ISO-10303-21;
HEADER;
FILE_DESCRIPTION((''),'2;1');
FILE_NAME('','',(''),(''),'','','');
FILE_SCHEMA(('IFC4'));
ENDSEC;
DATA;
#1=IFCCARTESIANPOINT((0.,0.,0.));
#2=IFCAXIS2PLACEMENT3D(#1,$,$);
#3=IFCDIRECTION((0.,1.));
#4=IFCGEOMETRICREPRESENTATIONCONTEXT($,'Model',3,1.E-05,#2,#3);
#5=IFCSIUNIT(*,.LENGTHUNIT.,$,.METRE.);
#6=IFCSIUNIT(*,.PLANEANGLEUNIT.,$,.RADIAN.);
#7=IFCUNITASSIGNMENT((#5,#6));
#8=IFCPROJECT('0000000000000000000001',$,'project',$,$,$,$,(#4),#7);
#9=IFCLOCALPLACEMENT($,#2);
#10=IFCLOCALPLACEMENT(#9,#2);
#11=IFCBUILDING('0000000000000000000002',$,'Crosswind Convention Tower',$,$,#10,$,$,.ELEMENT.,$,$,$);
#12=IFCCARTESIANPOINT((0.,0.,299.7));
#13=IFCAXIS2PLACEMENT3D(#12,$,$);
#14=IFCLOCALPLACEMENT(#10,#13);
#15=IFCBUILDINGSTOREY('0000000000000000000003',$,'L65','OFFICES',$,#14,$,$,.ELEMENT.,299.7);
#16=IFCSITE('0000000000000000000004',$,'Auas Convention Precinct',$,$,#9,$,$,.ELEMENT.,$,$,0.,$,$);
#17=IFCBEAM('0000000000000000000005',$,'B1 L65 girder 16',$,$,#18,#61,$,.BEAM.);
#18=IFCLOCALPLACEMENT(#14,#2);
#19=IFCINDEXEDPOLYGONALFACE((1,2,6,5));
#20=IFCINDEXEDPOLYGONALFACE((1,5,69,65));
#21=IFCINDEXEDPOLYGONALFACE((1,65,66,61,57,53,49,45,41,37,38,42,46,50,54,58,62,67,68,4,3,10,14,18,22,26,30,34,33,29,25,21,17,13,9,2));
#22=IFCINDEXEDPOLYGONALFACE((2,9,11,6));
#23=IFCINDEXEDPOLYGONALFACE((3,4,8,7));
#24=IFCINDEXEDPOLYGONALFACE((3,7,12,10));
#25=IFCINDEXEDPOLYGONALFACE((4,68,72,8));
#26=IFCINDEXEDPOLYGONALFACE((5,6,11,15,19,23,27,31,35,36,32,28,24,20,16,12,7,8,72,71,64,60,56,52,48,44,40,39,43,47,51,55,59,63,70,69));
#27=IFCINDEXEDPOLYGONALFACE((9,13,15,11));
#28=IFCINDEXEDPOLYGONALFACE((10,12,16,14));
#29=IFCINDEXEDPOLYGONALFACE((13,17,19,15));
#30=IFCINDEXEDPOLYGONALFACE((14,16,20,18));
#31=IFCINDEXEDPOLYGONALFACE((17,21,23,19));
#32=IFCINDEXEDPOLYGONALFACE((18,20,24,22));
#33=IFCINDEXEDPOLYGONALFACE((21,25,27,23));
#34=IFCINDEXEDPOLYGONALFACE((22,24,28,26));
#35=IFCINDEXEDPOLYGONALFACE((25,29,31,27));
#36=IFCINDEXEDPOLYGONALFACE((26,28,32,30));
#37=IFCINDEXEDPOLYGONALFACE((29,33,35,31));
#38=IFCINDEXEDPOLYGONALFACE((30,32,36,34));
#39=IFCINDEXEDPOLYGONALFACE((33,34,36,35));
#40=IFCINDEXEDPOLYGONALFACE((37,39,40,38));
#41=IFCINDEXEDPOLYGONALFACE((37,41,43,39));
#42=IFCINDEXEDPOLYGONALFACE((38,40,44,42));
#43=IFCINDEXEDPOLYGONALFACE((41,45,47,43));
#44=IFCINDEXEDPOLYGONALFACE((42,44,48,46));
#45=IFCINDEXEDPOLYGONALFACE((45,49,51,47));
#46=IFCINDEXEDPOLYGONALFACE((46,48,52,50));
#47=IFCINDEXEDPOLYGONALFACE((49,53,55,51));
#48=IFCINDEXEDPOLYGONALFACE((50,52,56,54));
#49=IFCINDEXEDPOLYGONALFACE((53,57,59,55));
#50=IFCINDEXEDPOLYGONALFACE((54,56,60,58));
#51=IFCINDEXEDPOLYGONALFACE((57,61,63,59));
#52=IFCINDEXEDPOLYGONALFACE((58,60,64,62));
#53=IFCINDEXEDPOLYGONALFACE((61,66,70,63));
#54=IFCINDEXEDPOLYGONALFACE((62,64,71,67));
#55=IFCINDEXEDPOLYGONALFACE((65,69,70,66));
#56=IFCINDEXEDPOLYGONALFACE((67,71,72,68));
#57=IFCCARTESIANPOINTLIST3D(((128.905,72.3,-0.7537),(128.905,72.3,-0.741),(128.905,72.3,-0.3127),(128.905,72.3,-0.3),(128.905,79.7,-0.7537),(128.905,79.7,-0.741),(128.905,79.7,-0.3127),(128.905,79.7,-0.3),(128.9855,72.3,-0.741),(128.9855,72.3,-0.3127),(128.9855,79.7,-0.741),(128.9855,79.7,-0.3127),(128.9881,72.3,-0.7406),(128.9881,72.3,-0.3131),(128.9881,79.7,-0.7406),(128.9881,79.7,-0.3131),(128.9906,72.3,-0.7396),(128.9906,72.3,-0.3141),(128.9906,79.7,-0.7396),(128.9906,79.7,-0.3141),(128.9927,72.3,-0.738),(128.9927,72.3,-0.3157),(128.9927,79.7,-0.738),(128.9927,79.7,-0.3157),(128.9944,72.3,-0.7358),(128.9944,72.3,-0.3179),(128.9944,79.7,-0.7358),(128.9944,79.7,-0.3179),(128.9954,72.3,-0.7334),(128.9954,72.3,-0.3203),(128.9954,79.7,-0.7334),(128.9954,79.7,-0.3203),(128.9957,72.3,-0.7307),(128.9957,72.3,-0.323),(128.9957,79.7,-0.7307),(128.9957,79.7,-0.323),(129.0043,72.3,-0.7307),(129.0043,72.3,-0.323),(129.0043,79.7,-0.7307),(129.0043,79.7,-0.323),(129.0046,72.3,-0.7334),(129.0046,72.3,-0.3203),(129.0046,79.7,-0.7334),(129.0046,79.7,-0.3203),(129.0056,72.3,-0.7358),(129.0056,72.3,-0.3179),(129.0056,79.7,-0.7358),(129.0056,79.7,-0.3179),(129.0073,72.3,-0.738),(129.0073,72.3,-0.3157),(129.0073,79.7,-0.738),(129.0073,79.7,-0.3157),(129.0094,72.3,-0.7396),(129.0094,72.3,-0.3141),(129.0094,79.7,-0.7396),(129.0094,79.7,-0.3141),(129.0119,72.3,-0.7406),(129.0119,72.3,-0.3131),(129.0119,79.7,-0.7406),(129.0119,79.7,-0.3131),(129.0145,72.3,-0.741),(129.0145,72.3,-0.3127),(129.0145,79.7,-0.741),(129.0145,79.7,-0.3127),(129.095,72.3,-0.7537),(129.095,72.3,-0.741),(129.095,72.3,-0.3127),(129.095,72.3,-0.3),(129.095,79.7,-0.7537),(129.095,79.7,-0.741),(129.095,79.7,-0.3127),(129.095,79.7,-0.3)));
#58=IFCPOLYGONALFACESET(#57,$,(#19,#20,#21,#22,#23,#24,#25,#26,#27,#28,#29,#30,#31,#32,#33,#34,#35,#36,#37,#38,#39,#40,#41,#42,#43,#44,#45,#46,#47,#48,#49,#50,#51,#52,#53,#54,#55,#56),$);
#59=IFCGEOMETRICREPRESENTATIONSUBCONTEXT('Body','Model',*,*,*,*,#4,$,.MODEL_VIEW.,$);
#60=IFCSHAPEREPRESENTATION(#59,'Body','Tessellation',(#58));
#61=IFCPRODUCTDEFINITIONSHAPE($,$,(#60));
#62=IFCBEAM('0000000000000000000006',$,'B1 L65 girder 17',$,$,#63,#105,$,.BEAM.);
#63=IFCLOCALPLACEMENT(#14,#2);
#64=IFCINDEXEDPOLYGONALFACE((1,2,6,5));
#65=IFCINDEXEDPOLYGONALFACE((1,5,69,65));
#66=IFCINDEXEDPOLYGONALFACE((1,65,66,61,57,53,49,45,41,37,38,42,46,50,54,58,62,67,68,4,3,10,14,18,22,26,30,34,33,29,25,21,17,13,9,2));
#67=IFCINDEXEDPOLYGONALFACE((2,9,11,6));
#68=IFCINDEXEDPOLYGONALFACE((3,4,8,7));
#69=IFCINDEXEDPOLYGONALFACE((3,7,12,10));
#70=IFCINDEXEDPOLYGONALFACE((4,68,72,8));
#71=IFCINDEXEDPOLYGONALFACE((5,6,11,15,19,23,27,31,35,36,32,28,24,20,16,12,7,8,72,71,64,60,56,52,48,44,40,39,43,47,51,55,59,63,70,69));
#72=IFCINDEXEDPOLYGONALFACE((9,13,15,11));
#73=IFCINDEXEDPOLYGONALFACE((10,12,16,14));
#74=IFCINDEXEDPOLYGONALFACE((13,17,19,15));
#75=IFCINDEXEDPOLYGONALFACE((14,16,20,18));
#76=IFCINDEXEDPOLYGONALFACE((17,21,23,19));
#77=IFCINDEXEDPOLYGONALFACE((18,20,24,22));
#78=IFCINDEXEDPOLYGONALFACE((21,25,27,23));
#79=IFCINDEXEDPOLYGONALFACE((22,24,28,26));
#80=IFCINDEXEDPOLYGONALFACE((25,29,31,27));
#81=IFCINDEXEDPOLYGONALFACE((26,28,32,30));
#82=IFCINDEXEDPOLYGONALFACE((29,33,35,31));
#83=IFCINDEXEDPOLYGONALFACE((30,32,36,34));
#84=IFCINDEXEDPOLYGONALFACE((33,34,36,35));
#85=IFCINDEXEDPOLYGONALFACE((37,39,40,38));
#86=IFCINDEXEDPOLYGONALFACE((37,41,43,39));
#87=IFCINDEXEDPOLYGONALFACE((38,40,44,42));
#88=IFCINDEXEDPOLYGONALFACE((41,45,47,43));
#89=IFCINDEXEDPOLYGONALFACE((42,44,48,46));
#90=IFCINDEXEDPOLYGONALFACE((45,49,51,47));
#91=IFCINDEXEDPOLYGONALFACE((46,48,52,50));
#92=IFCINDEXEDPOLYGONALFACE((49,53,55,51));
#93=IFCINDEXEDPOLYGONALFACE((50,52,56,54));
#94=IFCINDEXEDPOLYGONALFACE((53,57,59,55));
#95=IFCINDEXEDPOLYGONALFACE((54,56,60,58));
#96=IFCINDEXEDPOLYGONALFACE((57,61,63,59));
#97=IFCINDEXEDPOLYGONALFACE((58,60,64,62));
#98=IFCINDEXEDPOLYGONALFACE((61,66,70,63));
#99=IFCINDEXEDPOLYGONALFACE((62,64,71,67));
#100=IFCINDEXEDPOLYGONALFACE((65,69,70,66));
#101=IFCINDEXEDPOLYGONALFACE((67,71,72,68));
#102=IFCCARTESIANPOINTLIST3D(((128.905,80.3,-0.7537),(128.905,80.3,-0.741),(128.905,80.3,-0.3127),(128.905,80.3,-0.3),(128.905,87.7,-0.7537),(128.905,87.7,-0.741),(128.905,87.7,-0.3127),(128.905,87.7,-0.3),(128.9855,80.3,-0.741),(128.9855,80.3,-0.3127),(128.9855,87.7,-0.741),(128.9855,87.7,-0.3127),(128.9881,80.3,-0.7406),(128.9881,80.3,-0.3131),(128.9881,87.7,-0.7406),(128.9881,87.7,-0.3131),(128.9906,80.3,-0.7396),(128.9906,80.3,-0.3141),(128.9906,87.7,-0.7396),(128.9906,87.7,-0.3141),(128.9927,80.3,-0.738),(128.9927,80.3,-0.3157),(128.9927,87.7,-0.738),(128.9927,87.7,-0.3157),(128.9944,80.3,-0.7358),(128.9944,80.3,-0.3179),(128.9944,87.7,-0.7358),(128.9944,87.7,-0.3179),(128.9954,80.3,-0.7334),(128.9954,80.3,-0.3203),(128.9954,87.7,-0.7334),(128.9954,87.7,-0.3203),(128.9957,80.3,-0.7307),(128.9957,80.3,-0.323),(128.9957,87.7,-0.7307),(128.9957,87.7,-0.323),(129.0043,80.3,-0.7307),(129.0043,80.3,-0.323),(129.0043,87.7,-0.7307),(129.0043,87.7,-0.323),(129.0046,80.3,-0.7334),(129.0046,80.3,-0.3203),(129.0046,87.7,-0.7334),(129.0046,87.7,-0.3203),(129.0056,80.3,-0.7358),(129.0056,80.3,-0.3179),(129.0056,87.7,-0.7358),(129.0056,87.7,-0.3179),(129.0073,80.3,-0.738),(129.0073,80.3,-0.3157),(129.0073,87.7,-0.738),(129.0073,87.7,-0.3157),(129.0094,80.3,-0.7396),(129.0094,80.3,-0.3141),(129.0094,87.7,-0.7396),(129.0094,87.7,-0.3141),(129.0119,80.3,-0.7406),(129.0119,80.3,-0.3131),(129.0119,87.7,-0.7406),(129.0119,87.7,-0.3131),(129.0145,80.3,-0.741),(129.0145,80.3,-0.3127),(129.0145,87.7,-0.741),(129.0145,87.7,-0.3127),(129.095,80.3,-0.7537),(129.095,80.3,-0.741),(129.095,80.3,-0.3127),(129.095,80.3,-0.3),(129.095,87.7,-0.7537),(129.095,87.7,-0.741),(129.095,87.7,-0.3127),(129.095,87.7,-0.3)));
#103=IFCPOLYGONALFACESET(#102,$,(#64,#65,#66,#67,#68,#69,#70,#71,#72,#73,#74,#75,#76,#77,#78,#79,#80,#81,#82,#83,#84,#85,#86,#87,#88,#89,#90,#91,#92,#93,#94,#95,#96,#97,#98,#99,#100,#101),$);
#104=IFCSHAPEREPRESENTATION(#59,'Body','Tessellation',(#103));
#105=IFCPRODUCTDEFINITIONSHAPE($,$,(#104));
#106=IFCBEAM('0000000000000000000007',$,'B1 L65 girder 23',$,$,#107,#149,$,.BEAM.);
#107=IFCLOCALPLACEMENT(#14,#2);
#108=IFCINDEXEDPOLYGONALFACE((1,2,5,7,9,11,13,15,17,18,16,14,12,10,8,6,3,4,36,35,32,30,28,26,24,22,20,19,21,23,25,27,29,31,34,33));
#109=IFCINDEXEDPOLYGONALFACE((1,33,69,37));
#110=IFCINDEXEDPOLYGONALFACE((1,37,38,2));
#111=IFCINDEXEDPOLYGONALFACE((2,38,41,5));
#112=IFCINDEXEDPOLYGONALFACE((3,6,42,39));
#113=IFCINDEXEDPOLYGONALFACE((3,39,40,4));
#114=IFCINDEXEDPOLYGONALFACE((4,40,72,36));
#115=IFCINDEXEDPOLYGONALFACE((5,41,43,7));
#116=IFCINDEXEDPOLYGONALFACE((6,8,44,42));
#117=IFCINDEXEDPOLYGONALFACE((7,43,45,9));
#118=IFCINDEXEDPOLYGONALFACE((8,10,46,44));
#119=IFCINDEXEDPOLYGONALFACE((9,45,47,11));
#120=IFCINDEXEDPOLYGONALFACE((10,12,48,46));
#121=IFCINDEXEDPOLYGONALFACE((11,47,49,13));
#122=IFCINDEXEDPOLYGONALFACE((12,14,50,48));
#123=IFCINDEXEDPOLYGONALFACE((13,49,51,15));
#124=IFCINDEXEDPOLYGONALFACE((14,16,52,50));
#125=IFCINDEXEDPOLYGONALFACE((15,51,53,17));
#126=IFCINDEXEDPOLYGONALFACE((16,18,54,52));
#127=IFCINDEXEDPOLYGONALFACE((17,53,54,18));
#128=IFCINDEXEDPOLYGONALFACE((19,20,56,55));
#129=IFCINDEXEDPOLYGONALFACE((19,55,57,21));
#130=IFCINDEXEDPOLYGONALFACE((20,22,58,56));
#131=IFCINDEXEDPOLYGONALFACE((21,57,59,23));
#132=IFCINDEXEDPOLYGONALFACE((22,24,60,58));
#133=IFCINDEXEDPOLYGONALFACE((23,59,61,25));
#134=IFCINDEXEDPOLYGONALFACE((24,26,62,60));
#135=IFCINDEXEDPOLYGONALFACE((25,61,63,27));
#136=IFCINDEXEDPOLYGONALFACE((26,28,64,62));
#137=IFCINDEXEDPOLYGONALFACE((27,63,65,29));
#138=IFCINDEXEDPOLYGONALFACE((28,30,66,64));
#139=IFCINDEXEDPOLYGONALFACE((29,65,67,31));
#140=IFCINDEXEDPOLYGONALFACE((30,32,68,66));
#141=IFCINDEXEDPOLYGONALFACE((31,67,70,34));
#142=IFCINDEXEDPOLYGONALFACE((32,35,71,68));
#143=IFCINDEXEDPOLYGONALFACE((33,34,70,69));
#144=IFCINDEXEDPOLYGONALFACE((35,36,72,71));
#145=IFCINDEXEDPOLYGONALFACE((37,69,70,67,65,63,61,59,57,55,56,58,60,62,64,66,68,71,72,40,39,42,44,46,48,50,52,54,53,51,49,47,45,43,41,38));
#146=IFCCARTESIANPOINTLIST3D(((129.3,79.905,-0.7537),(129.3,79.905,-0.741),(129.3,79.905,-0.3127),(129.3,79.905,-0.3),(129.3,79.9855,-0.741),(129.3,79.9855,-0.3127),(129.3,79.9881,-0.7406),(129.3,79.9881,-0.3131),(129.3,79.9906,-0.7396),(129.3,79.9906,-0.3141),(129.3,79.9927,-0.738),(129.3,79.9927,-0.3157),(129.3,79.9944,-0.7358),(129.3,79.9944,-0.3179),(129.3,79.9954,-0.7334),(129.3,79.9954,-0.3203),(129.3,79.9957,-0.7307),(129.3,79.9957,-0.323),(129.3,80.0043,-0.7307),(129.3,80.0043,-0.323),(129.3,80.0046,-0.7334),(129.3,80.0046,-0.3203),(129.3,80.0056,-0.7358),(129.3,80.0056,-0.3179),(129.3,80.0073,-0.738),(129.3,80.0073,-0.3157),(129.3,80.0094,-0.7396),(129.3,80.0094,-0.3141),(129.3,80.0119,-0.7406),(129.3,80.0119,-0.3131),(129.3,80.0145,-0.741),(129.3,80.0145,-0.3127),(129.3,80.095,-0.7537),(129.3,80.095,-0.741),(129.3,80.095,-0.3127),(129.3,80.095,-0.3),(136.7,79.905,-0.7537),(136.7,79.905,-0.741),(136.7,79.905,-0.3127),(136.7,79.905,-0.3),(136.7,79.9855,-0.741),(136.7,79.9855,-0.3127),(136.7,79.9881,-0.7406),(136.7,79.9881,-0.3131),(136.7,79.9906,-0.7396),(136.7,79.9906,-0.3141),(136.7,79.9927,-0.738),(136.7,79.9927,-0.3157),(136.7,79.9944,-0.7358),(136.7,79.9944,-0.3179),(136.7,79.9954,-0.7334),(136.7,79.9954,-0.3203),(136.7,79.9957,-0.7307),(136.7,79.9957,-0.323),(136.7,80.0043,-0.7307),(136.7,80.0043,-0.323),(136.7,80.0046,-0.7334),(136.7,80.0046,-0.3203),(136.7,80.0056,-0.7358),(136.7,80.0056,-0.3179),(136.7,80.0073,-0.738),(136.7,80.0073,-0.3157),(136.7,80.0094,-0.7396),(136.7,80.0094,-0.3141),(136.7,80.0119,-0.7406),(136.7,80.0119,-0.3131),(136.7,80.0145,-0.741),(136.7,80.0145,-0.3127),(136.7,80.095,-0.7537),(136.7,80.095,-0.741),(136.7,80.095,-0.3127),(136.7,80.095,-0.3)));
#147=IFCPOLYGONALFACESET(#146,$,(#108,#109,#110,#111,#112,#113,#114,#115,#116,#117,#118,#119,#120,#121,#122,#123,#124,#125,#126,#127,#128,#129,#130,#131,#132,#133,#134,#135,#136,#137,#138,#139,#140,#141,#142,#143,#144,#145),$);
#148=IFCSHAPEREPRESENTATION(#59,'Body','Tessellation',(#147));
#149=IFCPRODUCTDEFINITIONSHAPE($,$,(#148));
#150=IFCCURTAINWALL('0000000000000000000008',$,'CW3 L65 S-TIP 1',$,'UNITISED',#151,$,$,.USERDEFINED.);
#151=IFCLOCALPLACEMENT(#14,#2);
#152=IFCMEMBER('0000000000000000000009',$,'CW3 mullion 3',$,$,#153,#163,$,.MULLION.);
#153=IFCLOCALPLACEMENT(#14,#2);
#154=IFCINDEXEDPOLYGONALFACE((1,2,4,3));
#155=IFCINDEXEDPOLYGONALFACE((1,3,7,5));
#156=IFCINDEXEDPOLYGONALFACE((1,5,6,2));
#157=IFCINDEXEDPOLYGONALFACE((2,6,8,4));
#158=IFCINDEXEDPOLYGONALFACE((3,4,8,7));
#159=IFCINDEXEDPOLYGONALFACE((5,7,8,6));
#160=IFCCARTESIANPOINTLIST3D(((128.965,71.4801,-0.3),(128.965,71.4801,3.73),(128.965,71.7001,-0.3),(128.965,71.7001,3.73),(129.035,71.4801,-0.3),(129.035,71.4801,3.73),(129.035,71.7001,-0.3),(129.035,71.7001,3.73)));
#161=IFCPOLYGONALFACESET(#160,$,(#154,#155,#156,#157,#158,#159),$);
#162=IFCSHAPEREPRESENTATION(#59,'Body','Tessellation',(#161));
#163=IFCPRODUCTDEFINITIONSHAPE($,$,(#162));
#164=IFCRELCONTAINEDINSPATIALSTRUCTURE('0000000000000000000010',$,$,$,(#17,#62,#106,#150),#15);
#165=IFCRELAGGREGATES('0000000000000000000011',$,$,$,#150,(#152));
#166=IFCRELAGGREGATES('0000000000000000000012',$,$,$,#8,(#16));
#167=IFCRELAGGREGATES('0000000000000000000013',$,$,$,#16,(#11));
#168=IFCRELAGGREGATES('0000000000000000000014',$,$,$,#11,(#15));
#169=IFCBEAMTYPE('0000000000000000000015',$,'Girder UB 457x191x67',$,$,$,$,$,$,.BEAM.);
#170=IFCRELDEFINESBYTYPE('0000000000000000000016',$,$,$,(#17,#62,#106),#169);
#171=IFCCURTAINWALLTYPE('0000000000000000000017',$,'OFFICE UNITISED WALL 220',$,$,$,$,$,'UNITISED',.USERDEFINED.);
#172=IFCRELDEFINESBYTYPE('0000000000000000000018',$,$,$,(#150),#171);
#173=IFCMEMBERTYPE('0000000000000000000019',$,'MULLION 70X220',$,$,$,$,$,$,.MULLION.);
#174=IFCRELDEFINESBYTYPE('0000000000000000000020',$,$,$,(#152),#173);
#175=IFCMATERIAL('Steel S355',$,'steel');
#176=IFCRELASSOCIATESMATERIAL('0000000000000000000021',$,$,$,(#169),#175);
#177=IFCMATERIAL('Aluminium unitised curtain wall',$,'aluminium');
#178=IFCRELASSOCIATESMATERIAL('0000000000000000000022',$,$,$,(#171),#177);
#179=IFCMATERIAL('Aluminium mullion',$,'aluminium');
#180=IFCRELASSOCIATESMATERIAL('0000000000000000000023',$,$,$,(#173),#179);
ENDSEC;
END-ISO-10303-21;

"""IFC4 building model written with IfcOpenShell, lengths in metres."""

from ifc_helpers import new_model, si_unit, direction, frame, origin, origin_2d, place, context, subcontext, project, spatial, rectangle, i_section, extrude, material, material_profile, profile_set, type_object, element, aggregate, save


model = new_model("IFC4")

# Units and contexts
model_context = context("Model", 3, precision=1e-05, world=origin(), true_north=direction((0.0, 1.0)))
body_context = subcontext(model_context, "Body", "Model", "MODEL_VIEW")
ifc_project = project(units=[si_unit("LENGTHUNIT", "METRE"), si_unit("PLANEANGLEUNIT", "RADIAN")], contexts=[model_context])

# Site, building, storey
site_placement = place(None, origin())
site = spatial("IfcSite", under=ifc_project, at=site_placement, Name="Auas Convention Precinct", CompositionType="ELEMENT", RefElevation=0.0)
building_placement = place(site_placement, origin())
building = spatial("IfcBuilding", under=site, at=building_placement, Name="Crosswind Convention Tower", CompositionType="ELEMENT")
storey_placement = place(building_placement, frame((0.0, 0.0, 299.7)))
storey = spatial("IfcBuildingStorey", under=building, at=storey_placement, Name="L65", Description="OFFICES", CompositionType="ELEMENT", Elevation=299.7)

# Beams
ifc_material_1 = material(Name="Steel S355", Category="steel")
ifc_material_profile_1 = material_profile(ifc_material_1, i_section(OverallWidth=0.1899, OverallDepth=0.4536, WebThickness=0.0085, FlangeThickness=0.0127, FilletRadius=0.0103, at=origin_2d()), Name="UB 457x191x67")
ifc_profile_set_1 = profile_set([ifc_material_profile_1], Name="Steel S355")
beam_type_1 = type_object("IfcBeamType", Name="Girder UB 457x191x67", PredefinedType="BEAM", material=ifc_profile_set_1)
for number, where, z_axis, x_axis, name in (
    (1, (129.0, 72.3, -0.5269), (0.0, 1.0, 0.0), (-1.0, 0.0, 0.0), "B1 L65 girder 16"),
    (2, (129.0, 80.3, -0.5269), (0.0, 1.0, 0.0), (-1.0, 0.0, 0.0), "B1 L65 girder 17"),
    (3, (129.3, 80.0, -0.5269), (1.0, 0.0, 0.0), (0.0, 1.0, 0.0), "B1 L65 girder 23"),
):
    element("IfcBeam", number, at=place(storey_placement, frame(where, z_axis=z_axis, x_axis=x_axis)), inside=storey, type_object=beam_type_1, Name=name, PredefinedType="BEAM", context=body_context, shape_type="SweptSolid", body=[
        extrude(i_section(OverallWidth=0.1899, OverallDepth=0.4536, WebThickness=0.0085, FlangeThickness=0.0127, FilletRadius=0.0103, at=origin_2d()), origin(), (0.0, 0.0, 1.0), 7.3999),
    ])

# Curtain wall, member
ifc_material_2 = material(Name="Aluminium unitised curtain wall", Category="aluminium")
curtain_wall_type = type_object("IfcCurtainWallType", Name="OFFICE UNITISED WALL 220", ElementType="UNITISED", PredefinedType="USERDEFINED", material=ifc_material_2)
curtain_wall_placement = place(storey_placement, origin())
curtain_wall = element("IfcCurtainWall", 4, at=curtain_wall_placement, inside=storey, type_object=curtain_wall_type, Name="CW3 L65 S-TIP 1", ObjectType="UNITISED", PredefinedType="USERDEFINED")
ifc_material_3 = material(Name="Aluminium mullion", Category="aluminium")
ifc_material_profile_2 = material_profile(ifc_material_3, rectangle(XDim=0.22, YDim=0.0701, at=origin_2d()), Name="AL 220X70")
ifc_profile_set_2 = profile_set([ifc_material_profile_2], Name="Aluminium mullion")
member_type = type_object("IfcMemberType", Name="MULLION 70X220", PredefinedType="MULLION", material=ifc_profile_set_2)
member_placement = place(storey_placement, frame((129.0, 71.5901, -0.3), z_axis=(0.0, 0.0, 1.0), x_axis=(0.0, -1.0, 0.0)))
member = element("IfcMember", 5, at=member_placement, type_object=member_type, Name="CW3 mullion 3", PredefinedType="MULLION", context=body_context, shape_type="SweptSolid", body=[
    extrude(rectangle(XDim=0.22, YDim=0.0701, at=origin_2d()), origin(), (0.0, 0.0, 1.0), 4.03),
])

aggregate(curtain_wall, [member])

save(model, "model.ifc")
